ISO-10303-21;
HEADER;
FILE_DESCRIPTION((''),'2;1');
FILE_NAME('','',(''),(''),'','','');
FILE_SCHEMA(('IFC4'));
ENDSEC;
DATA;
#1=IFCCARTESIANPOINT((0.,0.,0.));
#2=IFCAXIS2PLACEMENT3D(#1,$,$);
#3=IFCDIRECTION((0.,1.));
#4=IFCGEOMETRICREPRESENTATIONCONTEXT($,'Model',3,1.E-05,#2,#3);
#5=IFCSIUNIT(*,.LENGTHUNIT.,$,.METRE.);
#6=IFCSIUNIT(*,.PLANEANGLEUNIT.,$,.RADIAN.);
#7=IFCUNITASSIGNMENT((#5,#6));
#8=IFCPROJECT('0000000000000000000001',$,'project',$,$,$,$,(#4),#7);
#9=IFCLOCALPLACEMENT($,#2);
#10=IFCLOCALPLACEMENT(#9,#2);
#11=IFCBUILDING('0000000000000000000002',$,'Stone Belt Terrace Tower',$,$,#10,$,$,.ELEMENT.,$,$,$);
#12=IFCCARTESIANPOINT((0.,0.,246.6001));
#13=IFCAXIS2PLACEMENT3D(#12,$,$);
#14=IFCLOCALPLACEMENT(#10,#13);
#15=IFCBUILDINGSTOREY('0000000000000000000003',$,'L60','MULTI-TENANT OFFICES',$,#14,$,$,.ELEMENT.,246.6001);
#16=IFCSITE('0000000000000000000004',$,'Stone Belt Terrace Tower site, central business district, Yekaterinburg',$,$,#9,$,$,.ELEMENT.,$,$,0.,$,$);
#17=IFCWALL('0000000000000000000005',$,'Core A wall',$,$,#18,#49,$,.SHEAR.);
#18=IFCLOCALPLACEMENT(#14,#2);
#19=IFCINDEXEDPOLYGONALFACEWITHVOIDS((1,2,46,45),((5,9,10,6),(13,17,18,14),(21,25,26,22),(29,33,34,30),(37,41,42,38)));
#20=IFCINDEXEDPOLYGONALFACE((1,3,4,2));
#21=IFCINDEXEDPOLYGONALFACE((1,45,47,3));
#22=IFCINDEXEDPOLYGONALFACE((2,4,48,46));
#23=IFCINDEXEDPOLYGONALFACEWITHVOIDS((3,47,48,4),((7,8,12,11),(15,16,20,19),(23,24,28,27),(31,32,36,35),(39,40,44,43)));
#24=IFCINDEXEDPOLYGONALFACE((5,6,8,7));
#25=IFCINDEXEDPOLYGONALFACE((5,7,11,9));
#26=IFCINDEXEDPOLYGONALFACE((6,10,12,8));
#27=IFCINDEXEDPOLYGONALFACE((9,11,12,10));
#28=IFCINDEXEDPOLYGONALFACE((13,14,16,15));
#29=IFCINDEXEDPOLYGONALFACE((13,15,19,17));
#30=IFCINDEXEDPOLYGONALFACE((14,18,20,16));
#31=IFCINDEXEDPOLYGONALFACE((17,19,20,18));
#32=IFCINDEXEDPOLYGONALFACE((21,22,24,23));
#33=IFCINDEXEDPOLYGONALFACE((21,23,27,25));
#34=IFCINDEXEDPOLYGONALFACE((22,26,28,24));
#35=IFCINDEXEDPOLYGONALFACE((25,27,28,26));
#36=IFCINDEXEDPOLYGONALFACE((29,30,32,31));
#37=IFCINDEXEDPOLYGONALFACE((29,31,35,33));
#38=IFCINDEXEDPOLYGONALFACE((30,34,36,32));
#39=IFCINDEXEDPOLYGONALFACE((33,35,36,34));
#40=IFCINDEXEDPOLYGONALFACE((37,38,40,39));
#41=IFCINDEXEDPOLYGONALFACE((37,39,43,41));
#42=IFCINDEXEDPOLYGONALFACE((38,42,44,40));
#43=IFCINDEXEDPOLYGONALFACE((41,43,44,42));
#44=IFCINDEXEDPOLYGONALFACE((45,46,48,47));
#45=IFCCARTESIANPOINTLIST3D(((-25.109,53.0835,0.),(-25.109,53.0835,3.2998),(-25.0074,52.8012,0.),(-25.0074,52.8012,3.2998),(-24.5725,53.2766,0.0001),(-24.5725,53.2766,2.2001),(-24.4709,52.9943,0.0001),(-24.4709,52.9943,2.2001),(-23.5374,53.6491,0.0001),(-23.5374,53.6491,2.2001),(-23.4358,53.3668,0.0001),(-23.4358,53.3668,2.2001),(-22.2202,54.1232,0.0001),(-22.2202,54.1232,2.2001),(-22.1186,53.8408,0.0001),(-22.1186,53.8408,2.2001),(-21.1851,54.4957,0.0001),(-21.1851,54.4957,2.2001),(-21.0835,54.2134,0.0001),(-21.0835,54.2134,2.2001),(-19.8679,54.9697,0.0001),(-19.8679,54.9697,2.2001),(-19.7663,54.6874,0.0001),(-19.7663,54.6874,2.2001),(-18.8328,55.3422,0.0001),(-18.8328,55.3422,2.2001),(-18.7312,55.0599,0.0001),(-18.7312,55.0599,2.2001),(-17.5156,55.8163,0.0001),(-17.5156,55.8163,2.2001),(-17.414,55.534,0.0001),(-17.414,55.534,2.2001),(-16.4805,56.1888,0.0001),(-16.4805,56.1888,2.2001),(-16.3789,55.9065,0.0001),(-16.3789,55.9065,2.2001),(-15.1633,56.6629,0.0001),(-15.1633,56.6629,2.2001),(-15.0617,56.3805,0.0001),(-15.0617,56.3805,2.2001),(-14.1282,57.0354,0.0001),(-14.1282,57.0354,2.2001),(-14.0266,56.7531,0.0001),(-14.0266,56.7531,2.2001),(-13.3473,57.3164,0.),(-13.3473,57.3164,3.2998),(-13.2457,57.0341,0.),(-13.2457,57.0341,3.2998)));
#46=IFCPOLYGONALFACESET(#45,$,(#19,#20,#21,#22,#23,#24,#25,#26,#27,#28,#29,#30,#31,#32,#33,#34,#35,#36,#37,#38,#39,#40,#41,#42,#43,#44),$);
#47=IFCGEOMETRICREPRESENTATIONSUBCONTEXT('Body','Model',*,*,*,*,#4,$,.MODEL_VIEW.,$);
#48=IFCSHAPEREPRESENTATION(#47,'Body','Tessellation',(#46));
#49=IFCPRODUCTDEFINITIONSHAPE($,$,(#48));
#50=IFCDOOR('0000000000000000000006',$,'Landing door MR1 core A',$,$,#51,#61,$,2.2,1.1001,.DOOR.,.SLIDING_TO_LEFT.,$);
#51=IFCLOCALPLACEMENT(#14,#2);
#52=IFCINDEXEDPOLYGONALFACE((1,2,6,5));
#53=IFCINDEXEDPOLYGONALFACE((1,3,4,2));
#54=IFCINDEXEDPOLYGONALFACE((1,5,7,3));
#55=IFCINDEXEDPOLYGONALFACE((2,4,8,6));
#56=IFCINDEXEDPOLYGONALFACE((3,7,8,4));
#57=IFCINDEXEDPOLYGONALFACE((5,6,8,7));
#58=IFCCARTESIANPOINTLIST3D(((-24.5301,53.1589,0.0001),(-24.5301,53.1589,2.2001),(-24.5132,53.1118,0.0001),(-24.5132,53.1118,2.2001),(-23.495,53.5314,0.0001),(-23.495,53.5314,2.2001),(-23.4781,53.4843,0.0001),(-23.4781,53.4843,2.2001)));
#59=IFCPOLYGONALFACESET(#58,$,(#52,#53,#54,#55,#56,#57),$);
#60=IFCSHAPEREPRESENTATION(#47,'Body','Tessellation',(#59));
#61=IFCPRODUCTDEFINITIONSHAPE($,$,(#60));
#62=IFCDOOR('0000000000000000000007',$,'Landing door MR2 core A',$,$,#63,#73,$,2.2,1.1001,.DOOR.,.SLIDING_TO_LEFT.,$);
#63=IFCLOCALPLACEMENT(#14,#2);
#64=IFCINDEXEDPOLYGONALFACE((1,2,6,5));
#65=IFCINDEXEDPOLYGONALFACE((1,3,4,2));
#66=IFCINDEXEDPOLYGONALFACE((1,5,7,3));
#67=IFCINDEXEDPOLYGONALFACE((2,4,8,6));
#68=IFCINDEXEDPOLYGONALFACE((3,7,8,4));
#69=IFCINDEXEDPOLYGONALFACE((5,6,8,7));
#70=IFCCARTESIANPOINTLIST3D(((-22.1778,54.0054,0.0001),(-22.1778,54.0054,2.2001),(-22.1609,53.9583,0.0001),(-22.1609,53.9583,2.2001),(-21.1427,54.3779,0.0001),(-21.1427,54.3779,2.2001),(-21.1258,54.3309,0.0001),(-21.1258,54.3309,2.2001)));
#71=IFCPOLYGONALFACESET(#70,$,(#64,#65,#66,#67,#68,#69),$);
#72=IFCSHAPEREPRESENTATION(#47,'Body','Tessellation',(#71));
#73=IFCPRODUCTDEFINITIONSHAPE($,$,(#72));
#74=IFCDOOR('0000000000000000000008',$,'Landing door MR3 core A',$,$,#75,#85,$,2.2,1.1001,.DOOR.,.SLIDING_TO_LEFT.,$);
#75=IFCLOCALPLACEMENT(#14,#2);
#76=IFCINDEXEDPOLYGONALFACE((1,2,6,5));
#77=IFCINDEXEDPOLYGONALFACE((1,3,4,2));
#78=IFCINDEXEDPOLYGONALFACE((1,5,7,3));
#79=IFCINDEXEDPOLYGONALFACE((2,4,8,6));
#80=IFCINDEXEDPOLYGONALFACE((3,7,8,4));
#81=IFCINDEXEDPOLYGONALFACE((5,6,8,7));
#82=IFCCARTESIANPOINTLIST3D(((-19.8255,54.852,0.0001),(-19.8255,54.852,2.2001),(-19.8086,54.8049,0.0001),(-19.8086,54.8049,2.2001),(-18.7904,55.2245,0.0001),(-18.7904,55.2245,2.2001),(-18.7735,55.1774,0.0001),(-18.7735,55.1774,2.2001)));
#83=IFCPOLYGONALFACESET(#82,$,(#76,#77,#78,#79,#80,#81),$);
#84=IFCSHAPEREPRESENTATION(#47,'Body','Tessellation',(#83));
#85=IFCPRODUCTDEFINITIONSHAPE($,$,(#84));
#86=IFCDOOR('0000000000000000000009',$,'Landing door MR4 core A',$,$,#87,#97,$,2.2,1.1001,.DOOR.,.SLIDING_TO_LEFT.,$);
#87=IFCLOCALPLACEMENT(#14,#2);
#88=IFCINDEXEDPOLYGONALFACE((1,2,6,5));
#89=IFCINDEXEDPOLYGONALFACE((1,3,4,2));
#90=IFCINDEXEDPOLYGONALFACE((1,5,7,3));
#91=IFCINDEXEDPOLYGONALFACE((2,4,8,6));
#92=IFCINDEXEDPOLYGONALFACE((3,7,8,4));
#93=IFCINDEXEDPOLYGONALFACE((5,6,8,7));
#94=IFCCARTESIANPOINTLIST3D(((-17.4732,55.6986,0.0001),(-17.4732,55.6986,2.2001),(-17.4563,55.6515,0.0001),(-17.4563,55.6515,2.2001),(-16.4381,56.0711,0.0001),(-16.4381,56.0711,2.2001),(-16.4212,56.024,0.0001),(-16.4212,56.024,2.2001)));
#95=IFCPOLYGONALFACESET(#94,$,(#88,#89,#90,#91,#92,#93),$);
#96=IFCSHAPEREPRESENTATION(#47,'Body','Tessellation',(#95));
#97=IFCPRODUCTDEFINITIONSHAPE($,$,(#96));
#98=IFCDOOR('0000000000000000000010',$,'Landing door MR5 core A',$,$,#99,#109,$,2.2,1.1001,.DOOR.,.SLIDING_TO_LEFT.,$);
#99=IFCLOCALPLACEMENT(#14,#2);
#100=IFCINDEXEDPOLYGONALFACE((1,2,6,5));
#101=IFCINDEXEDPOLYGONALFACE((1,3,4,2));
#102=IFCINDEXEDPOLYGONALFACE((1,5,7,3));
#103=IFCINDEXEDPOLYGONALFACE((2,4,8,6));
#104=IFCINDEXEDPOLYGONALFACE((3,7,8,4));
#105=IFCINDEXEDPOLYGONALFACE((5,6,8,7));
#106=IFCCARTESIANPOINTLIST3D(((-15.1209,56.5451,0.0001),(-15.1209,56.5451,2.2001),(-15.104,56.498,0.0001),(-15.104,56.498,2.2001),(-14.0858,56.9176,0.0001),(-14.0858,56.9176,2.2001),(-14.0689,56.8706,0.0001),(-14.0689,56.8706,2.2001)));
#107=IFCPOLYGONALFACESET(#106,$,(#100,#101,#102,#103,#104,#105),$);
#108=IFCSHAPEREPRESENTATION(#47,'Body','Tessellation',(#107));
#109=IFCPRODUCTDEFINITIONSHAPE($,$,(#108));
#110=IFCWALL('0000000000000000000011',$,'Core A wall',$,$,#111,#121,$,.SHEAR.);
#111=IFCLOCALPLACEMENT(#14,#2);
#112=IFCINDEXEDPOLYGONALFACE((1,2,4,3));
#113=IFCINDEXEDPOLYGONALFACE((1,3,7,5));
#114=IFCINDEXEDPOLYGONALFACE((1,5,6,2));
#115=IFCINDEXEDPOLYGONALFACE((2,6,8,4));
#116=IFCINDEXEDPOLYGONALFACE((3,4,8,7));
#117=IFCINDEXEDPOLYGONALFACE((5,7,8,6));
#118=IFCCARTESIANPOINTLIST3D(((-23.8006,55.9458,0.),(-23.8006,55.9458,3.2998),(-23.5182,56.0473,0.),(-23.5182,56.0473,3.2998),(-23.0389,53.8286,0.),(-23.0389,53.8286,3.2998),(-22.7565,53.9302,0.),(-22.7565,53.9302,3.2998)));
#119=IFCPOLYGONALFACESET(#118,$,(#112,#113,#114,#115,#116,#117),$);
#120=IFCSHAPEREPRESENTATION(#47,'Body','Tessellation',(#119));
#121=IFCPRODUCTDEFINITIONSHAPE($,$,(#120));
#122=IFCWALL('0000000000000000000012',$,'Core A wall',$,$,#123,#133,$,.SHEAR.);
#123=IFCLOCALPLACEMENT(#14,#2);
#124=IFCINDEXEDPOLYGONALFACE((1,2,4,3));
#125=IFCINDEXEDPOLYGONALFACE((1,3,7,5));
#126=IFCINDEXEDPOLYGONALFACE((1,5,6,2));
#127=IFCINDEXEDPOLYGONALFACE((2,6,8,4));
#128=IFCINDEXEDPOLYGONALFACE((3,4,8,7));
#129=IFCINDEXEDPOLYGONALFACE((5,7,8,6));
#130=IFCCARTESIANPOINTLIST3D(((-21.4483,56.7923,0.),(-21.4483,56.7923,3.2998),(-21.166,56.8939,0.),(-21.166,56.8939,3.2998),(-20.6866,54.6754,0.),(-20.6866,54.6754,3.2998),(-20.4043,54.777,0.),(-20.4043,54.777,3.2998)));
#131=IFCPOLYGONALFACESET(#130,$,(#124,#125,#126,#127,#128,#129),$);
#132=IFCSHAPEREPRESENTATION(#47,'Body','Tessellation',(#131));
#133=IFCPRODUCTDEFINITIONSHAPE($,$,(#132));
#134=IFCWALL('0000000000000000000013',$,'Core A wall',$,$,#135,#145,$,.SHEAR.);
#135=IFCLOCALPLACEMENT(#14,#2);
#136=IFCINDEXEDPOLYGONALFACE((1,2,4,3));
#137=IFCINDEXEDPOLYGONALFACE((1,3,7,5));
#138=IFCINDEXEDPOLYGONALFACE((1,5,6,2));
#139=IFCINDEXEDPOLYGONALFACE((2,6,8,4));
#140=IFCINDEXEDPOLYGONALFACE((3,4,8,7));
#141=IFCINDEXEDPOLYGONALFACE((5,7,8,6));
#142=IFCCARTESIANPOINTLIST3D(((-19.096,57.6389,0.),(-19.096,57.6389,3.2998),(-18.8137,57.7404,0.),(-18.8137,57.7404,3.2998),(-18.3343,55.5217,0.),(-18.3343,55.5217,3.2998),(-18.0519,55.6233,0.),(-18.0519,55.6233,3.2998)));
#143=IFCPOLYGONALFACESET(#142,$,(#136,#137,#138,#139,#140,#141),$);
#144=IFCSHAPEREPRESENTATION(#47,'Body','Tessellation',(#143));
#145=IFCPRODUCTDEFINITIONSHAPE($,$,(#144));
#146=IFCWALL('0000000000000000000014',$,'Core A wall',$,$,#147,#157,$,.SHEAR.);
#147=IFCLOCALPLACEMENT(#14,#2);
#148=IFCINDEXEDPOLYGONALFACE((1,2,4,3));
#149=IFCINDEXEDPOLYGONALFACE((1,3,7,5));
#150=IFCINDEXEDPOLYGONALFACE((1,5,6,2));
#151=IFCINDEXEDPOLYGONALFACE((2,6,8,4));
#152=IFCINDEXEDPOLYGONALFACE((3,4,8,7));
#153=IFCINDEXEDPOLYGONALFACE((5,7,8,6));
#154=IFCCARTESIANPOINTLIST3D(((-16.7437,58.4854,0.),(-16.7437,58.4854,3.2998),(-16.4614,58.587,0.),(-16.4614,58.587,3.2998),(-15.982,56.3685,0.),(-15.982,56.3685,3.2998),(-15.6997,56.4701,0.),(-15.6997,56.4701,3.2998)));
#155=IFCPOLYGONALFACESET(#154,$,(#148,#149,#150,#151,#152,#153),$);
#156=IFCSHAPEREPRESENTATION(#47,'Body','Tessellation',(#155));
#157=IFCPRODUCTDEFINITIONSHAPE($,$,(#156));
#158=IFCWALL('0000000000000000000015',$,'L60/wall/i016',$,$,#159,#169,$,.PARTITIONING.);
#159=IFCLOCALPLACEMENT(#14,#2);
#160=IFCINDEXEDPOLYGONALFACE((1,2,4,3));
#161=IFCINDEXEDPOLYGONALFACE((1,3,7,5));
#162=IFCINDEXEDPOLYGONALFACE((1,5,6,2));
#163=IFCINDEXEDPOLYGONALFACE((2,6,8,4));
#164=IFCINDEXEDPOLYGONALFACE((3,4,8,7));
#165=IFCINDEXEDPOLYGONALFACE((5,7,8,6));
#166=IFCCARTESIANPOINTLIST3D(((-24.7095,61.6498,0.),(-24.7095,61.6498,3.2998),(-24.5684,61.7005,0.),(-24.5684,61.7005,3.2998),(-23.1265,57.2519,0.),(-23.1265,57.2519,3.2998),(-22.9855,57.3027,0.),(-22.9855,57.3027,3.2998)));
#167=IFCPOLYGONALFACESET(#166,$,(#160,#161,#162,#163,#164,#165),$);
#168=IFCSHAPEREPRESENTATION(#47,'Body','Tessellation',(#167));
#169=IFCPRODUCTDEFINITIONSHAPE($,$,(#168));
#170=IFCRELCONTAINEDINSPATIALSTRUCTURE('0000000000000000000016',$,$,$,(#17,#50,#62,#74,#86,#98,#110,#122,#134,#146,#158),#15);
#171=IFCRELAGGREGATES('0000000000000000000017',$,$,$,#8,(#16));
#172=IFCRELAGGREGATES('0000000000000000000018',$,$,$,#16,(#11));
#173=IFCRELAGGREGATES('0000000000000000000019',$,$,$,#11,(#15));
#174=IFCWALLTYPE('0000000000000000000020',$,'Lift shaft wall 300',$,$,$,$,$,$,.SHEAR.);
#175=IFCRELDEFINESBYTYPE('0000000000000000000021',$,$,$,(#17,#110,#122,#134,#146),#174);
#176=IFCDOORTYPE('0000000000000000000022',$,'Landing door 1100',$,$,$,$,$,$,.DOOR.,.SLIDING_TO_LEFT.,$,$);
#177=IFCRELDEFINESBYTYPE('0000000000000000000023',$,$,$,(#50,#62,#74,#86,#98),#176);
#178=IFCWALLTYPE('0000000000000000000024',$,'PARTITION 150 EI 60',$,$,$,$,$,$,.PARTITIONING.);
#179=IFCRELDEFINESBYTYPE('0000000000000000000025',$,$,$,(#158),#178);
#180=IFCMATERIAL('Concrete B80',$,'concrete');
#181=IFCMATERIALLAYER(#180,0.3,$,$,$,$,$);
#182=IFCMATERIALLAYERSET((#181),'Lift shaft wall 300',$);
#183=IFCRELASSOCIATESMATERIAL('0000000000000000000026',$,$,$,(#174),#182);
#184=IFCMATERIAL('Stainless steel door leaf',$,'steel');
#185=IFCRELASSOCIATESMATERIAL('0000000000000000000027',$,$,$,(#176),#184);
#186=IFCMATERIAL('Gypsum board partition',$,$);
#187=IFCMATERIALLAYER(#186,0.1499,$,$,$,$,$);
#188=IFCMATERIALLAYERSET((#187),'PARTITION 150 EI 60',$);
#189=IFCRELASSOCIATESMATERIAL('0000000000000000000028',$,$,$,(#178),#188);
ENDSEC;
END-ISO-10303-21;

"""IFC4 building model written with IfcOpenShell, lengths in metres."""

from ifc_helpers import new_model, si_unit, direction, frame, frame_2d, origin, place, context, subcontext, project, spatial, rectangle, extrude, material, layer, layer_set, type_object, element, fill, save


model = new_model("IFC4")

# Units and contexts
model_context = context("Model", 3, precision=1e-05, world=origin(), true_north=direction((0.0, 1.0)))
body_context = subcontext(model_context, "Body", "Model", "MODEL_VIEW")
ifc_project = project(units=[si_unit("LENGTHUNIT", "METRE"), si_unit("PLANEANGLEUNIT", "RADIAN")], contexts=[model_context])

# Site, building, storey
site_placement = place(None, origin())
site = spatial("IfcSite", under=ifc_project, at=site_placement, Name="Stone Belt Terrace Tower site, central business district, Yekaterinburg", CompositionType="ELEMENT", RefElevation=0.0)
building_placement = place(site_placement, origin())
building = spatial("IfcBuilding", under=site, at=building_placement, Name="Stone Belt Terrace Tower", CompositionType="ELEMENT")
storey_placement = place(building_placement, frame((0.0, 0.0, 246.6001)))
storey = spatial("IfcBuildingStorey", under=building, at=storey_placement, Name="L60", Description="MULTI-TENANT OFFICES", CompositionType="ELEMENT", Elevation=246.6001)

# Shared definitions
ifc_material_1 = material(Name="Concrete B80", Category="concrete")
ifc_layer_1 = layer(ifc_material_1, 0.3)
ifc_layer_set_1 = layer_set([ifc_layer_1], Name="Lift shaft wall 300")
wall_type_1 = type_object("IfcWallType", Name="Lift shaft wall 300", PredefinedType="SHEAR", material=ifc_layer_set_1)

# Wall, openings, doors
wall_1_placement = place(storey_placement, frame((-25.0581, 52.9424, 0.0), z_axis=(0.0, 0.0, 1.0), x_axis=(0.940921, 0.338627, 0.0)))
wall_1 = element("IfcWall", 1, at=wall_1_placement, inside=storey, type_object=wall_type_1, Name="Core A wall", PredefinedType="SHEAR", context=body_context, shape_type="SweptSolid", body=[
    extrude(rectangle(XDim=12.5002, YDim=0.3, at=frame_2d((6.25, 0.0))), origin(), (0.0, 0.0, 1.0), 3.2998),
])
opening_1_placement = place(wall_1_placement, frame((0.5701, 0.0, 0.0)))
opening_1 = element("IfcOpeningElement", 2, at=opening_1_placement, cuts=wall_1, PredefinedType="OPENING", context=body_context, shape_type="SweptSolid", body=[
    extrude(rectangle(XDim=1.1001, YDim=2.2, at=frame_2d((0.55, 1.1001))), frame((0.0, 0.1599, 0.0), z_axis=(0.0, -1.0, 0.0), x_axis=(1.0, 0.0, 0.0)), (0.0, 0.0, 1.0), 0.3201),
])
opening_2_placement = place(wall_1_placement, frame((3.0701, 0.0, 0.0)))
opening_2 = element("IfcOpeningElement", 3, at=opening_2_placement, cuts=wall_1, PredefinedType="OPENING", context=body_context, shape_type="SweptSolid", body=[
    extrude(rectangle(XDim=1.1001, YDim=2.2, at=frame_2d((0.55, 1.1001))), frame((0.0, 0.1599, 0.0), z_axis=(0.0, -1.0, 0.0), x_axis=(1.0, 0.0, 0.0)), (0.0, 0.0, 1.0), 0.3201),
])
opening_3_placement = place(wall_1_placement, frame((5.5701, 0.0, 0.0)))
opening_3 = element("IfcOpeningElement", 4, at=opening_3_placement, cuts=wall_1, PredefinedType="OPENING", context=body_context, shape_type="SweptSolid", body=[
    extrude(rectangle(XDim=1.1001, YDim=2.2, at=frame_2d((0.55, 1.1001))), frame((0.0, 0.1599, 0.0), z_axis=(0.0, -1.0, 0.0), x_axis=(1.0, 0.0, 0.0)), (0.0, 0.0, 1.0), 0.3201),
])
opening_4_placement = place(wall_1_placement, frame((8.0701, 0.0, 0.0)))
opening_4 = element("IfcOpeningElement", 5, at=opening_4_placement, cuts=wall_1, PredefinedType="OPENING", context=body_context, shape_type="SweptSolid", body=[
    extrude(rectangle(XDim=1.1001, YDim=2.2, at=frame_2d((0.55, 1.1001))), frame((0.0, 0.1599, 0.0), z_axis=(0.0, -1.0, 0.0), x_axis=(1.0, 0.0, 0.0)), (0.0, 0.0, 1.0), 0.3201),
])
opening_5_placement = place(wall_1_placement, frame((10.5701, 0.0, 0.0)))
opening_5 = element("IfcOpeningElement", 6, at=opening_5_placement, cuts=wall_1, PredefinedType="OPENING", context=body_context, shape_type="SweptSolid", body=[
    extrude(rectangle(XDim=1.1001, YDim=2.2, at=frame_2d((0.55, 1.1001))), frame((0.0, 0.1599, 0.0), z_axis=(0.0, -1.0, 0.0), x_axis=(1.0, 0.0, 0.0)), (0.0, 0.0, 1.0), 0.3201),
])
ifc_material_2 = material(Name="Stainless steel door leaf", Category="steel")
door_type_1 = type_object("IfcDoorType", Name="Landing door 1100", OperationType="SLIDING_TO_LEFT", PredefinedType="DOOR", material=ifc_material_2)
door_1_placement = place(opening_1_placement, origin())
door_1 = element("IfcDoor", 7, at=door_1_placement, inside=storey, type_object=door_type_1, Name="Landing door MR1 core A", OperationType="SLIDING_TO_LEFT", OverallHeight=2.2, OverallWidth=1.1001, PredefinedType="DOOR", context=body_context, shape_type="SweptSolid", body=[
    extrude(rectangle(XDim=1.1001, YDim=2.2, at=frame_2d((0.55, 1.1001))), frame((0.0, 0.0249, 0.0), z_axis=(0.0, -1.0, 0.0), x_axis=(1.0, 0.0, 0.0)), (0.0, 0.0, 1.0), 0.05),
])
fill(opening_1, door_1)
door_2_placement = place(opening_2_placement, origin())
door_2 = element("IfcDoor", 8, at=door_2_placement, inside=storey, type_object=door_type_1, Name="Landing door MR2 core A", OperationType="SLIDING_TO_LEFT", OverallHeight=2.2, OverallWidth=1.1001, PredefinedType="DOOR", context=body_context, shape_type="SweptSolid", body=[
    extrude(rectangle(XDim=1.1001, YDim=2.2, at=frame_2d((0.55, 1.1001))), frame((0.0, 0.0249, 0.0), z_axis=(0.0, -1.0, 0.0), x_axis=(1.0, 0.0, 0.0)), (0.0, 0.0, 1.0), 0.05),
])
fill(opening_2, door_2)
door_3_placement = place(opening_3_placement, origin())
door_3 = element("IfcDoor", 9, at=door_3_placement, inside=storey, type_object=door_type_1, Name="Landing door MR3 core A", OperationType="SLIDING_TO_LEFT", OverallHeight=2.2, OverallWidth=1.1001, PredefinedType="DOOR", context=body_context, shape_type="SweptSolid", body=[
    extrude(rectangle(XDim=1.1001, YDim=2.2, at=frame_2d((0.55, 1.1001))), frame((0.0, 0.0249, 0.0), z_axis=(0.0, -1.0, 0.0), x_axis=(1.0, 0.0, 0.0)), (0.0, 0.0, 1.0), 0.05),
])
fill(opening_3, door_3)
door_4_placement = place(opening_4_placement, origin())
door_4 = element("IfcDoor", 10, at=door_4_placement, inside=storey, type_object=door_type_1, Name="Landing door MR4 core A", OperationType="SLIDING_TO_LEFT", OverallHeight=2.2, OverallWidth=1.1001, PredefinedType="DOOR", context=body_context, shape_type="SweptSolid", body=[
    extrude(rectangle(XDim=1.1001, YDim=2.2, at=frame_2d((0.55, 1.1001))), frame((0.0, 0.0249, 0.0), z_axis=(0.0, -1.0, 0.0), x_axis=(1.0, 0.0, 0.0)), (0.0, 0.0, 1.0), 0.05),
])
fill(opening_4, door_4)
door_5_placement = place(opening_5_placement, origin())
door_5 = element("IfcDoor", 11, at=door_5_placement, inside=storey, type_object=door_type_1, Name="Landing door MR5 core A", OperationType="SLIDING_TO_LEFT", OverallHeight=2.2, OverallWidth=1.1001, PredefinedType="DOOR", context=body_context, shape_type="SweptSolid", body=[
    extrude(rectangle(XDim=1.1001, YDim=2.2, at=frame_2d((0.55, 1.1001))), frame((0.0, 0.0249, 0.0), z_axis=(0.0, -1.0, 0.0), x_axis=(1.0, 0.0, 0.0)), (0.0, 0.0, 1.0), 0.05),
])
fill(opening_5, door_5)

# Walls
wall_2_placement = place(storey_placement, frame((-22.8977, 53.8794, 0.0), z_axis=(0.0, 0.0, 1.0), x_axis=(-0.338535, 0.940954, 0.0)))
element("IfcWall", 12, at=wall_2_placement, inside=storey, type_object=wall_type_1, Name="Core A wall", PredefinedType="SHEAR", context=body_context, shape_type="SweptSolid", body=[
    extrude(rectangle(XDim=2.25, YDim=0.3, at=frame_2d((1.125, 0.0))), origin(), (0.0, 0.0, 1.0), 3.2998),
])
wall_3_placement = place(storey_placement, frame((-20.5454, 54.7261, 0.0), z_axis=(0.0, 0.0, 1.0), x_axis=(-0.33857, 0.940941, 0.0)))
element("IfcWall", 13, at=wall_3_placement, inside=storey, type_object=wall_type_1, Name="Core A wall", PredefinedType="SHEAR", context=body_context, shape_type="SweptSolid", body=[
    extrude(rectangle(XDim=2.2498, YDim=0.3, at=frame_2d((1.125, 0.0))), origin(), (0.0, 0.0, 1.0), 3.2998),
])
wall_4_placement = place(storey_placement, frame((-18.1931, 55.5725, 0.0), z_axis=(0.0, 0.0, 1.0), x_axis=(-0.338535, 0.940954, 0.0)))
element("IfcWall", 14, at=wall_4_placement, inside=storey, type_object=wall_type_1, Name="Core A wall", PredefinedType="SHEAR", context=body_context, shape_type="SweptSolid", body=[
    extrude(rectangle(XDim=2.25, YDim=0.3, at=frame_2d((1.125, 0.0))), origin(), (0.0, 0.0, 1.0), 3.2998),
])
wall_5_placement = place(storey_placement, frame((-15.8408, 56.4192, 0.0), z_axis=(0.0, 0.0, 1.0), x_axis=(-0.33857, 0.940941, 0.0)))
element("IfcWall", 15, at=wall_5_placement, inside=storey, type_object=wall_type_1, Name="Core A wall", PredefinedType="SHEAR", context=body_context, shape_type="SweptSolid", body=[
    extrude(rectangle(XDim=2.2498, YDim=0.3, at=frame_2d((1.125, 0.0))), origin(), (0.0, 0.0, 1.0), 3.2998),
])
ifc_material_3 = material(Name="Gypsum board partition")
ifc_layer_2 = layer(ifc_material_3, 0.1499)
ifc_layer_set_2 = layer_set([ifc_layer_2], Name="PARTITION 150 EI 60")
wall_type_2 = type_object("IfcWallType", Name="PARTITION 150 EI 60", PredefinedType="PARTITIONING", material=ifc_layer_set_2)
wall_6_placement = place(storey_placement, frame((-24.6389, 61.675, 0.0), z_axis=(0.0, 0.0, 1.0), x_axis=(0.338671, -0.940905, 0.0)))
element("IfcWall", 16, at=wall_6_placement, inside=storey, type_object=wall_type_2, Name="L60/wall/i016", PredefinedType="PARTITIONING", context=body_context, shape_type="SweptSolid", body=[
    extrude(rectangle(XDim=4.6741, YDim=0.1499, at=frame_2d((2.3369, 0.0))), origin(), (0.0, 0.0, 1.0), 3.2998),
])

save(model, "model.ifc")
